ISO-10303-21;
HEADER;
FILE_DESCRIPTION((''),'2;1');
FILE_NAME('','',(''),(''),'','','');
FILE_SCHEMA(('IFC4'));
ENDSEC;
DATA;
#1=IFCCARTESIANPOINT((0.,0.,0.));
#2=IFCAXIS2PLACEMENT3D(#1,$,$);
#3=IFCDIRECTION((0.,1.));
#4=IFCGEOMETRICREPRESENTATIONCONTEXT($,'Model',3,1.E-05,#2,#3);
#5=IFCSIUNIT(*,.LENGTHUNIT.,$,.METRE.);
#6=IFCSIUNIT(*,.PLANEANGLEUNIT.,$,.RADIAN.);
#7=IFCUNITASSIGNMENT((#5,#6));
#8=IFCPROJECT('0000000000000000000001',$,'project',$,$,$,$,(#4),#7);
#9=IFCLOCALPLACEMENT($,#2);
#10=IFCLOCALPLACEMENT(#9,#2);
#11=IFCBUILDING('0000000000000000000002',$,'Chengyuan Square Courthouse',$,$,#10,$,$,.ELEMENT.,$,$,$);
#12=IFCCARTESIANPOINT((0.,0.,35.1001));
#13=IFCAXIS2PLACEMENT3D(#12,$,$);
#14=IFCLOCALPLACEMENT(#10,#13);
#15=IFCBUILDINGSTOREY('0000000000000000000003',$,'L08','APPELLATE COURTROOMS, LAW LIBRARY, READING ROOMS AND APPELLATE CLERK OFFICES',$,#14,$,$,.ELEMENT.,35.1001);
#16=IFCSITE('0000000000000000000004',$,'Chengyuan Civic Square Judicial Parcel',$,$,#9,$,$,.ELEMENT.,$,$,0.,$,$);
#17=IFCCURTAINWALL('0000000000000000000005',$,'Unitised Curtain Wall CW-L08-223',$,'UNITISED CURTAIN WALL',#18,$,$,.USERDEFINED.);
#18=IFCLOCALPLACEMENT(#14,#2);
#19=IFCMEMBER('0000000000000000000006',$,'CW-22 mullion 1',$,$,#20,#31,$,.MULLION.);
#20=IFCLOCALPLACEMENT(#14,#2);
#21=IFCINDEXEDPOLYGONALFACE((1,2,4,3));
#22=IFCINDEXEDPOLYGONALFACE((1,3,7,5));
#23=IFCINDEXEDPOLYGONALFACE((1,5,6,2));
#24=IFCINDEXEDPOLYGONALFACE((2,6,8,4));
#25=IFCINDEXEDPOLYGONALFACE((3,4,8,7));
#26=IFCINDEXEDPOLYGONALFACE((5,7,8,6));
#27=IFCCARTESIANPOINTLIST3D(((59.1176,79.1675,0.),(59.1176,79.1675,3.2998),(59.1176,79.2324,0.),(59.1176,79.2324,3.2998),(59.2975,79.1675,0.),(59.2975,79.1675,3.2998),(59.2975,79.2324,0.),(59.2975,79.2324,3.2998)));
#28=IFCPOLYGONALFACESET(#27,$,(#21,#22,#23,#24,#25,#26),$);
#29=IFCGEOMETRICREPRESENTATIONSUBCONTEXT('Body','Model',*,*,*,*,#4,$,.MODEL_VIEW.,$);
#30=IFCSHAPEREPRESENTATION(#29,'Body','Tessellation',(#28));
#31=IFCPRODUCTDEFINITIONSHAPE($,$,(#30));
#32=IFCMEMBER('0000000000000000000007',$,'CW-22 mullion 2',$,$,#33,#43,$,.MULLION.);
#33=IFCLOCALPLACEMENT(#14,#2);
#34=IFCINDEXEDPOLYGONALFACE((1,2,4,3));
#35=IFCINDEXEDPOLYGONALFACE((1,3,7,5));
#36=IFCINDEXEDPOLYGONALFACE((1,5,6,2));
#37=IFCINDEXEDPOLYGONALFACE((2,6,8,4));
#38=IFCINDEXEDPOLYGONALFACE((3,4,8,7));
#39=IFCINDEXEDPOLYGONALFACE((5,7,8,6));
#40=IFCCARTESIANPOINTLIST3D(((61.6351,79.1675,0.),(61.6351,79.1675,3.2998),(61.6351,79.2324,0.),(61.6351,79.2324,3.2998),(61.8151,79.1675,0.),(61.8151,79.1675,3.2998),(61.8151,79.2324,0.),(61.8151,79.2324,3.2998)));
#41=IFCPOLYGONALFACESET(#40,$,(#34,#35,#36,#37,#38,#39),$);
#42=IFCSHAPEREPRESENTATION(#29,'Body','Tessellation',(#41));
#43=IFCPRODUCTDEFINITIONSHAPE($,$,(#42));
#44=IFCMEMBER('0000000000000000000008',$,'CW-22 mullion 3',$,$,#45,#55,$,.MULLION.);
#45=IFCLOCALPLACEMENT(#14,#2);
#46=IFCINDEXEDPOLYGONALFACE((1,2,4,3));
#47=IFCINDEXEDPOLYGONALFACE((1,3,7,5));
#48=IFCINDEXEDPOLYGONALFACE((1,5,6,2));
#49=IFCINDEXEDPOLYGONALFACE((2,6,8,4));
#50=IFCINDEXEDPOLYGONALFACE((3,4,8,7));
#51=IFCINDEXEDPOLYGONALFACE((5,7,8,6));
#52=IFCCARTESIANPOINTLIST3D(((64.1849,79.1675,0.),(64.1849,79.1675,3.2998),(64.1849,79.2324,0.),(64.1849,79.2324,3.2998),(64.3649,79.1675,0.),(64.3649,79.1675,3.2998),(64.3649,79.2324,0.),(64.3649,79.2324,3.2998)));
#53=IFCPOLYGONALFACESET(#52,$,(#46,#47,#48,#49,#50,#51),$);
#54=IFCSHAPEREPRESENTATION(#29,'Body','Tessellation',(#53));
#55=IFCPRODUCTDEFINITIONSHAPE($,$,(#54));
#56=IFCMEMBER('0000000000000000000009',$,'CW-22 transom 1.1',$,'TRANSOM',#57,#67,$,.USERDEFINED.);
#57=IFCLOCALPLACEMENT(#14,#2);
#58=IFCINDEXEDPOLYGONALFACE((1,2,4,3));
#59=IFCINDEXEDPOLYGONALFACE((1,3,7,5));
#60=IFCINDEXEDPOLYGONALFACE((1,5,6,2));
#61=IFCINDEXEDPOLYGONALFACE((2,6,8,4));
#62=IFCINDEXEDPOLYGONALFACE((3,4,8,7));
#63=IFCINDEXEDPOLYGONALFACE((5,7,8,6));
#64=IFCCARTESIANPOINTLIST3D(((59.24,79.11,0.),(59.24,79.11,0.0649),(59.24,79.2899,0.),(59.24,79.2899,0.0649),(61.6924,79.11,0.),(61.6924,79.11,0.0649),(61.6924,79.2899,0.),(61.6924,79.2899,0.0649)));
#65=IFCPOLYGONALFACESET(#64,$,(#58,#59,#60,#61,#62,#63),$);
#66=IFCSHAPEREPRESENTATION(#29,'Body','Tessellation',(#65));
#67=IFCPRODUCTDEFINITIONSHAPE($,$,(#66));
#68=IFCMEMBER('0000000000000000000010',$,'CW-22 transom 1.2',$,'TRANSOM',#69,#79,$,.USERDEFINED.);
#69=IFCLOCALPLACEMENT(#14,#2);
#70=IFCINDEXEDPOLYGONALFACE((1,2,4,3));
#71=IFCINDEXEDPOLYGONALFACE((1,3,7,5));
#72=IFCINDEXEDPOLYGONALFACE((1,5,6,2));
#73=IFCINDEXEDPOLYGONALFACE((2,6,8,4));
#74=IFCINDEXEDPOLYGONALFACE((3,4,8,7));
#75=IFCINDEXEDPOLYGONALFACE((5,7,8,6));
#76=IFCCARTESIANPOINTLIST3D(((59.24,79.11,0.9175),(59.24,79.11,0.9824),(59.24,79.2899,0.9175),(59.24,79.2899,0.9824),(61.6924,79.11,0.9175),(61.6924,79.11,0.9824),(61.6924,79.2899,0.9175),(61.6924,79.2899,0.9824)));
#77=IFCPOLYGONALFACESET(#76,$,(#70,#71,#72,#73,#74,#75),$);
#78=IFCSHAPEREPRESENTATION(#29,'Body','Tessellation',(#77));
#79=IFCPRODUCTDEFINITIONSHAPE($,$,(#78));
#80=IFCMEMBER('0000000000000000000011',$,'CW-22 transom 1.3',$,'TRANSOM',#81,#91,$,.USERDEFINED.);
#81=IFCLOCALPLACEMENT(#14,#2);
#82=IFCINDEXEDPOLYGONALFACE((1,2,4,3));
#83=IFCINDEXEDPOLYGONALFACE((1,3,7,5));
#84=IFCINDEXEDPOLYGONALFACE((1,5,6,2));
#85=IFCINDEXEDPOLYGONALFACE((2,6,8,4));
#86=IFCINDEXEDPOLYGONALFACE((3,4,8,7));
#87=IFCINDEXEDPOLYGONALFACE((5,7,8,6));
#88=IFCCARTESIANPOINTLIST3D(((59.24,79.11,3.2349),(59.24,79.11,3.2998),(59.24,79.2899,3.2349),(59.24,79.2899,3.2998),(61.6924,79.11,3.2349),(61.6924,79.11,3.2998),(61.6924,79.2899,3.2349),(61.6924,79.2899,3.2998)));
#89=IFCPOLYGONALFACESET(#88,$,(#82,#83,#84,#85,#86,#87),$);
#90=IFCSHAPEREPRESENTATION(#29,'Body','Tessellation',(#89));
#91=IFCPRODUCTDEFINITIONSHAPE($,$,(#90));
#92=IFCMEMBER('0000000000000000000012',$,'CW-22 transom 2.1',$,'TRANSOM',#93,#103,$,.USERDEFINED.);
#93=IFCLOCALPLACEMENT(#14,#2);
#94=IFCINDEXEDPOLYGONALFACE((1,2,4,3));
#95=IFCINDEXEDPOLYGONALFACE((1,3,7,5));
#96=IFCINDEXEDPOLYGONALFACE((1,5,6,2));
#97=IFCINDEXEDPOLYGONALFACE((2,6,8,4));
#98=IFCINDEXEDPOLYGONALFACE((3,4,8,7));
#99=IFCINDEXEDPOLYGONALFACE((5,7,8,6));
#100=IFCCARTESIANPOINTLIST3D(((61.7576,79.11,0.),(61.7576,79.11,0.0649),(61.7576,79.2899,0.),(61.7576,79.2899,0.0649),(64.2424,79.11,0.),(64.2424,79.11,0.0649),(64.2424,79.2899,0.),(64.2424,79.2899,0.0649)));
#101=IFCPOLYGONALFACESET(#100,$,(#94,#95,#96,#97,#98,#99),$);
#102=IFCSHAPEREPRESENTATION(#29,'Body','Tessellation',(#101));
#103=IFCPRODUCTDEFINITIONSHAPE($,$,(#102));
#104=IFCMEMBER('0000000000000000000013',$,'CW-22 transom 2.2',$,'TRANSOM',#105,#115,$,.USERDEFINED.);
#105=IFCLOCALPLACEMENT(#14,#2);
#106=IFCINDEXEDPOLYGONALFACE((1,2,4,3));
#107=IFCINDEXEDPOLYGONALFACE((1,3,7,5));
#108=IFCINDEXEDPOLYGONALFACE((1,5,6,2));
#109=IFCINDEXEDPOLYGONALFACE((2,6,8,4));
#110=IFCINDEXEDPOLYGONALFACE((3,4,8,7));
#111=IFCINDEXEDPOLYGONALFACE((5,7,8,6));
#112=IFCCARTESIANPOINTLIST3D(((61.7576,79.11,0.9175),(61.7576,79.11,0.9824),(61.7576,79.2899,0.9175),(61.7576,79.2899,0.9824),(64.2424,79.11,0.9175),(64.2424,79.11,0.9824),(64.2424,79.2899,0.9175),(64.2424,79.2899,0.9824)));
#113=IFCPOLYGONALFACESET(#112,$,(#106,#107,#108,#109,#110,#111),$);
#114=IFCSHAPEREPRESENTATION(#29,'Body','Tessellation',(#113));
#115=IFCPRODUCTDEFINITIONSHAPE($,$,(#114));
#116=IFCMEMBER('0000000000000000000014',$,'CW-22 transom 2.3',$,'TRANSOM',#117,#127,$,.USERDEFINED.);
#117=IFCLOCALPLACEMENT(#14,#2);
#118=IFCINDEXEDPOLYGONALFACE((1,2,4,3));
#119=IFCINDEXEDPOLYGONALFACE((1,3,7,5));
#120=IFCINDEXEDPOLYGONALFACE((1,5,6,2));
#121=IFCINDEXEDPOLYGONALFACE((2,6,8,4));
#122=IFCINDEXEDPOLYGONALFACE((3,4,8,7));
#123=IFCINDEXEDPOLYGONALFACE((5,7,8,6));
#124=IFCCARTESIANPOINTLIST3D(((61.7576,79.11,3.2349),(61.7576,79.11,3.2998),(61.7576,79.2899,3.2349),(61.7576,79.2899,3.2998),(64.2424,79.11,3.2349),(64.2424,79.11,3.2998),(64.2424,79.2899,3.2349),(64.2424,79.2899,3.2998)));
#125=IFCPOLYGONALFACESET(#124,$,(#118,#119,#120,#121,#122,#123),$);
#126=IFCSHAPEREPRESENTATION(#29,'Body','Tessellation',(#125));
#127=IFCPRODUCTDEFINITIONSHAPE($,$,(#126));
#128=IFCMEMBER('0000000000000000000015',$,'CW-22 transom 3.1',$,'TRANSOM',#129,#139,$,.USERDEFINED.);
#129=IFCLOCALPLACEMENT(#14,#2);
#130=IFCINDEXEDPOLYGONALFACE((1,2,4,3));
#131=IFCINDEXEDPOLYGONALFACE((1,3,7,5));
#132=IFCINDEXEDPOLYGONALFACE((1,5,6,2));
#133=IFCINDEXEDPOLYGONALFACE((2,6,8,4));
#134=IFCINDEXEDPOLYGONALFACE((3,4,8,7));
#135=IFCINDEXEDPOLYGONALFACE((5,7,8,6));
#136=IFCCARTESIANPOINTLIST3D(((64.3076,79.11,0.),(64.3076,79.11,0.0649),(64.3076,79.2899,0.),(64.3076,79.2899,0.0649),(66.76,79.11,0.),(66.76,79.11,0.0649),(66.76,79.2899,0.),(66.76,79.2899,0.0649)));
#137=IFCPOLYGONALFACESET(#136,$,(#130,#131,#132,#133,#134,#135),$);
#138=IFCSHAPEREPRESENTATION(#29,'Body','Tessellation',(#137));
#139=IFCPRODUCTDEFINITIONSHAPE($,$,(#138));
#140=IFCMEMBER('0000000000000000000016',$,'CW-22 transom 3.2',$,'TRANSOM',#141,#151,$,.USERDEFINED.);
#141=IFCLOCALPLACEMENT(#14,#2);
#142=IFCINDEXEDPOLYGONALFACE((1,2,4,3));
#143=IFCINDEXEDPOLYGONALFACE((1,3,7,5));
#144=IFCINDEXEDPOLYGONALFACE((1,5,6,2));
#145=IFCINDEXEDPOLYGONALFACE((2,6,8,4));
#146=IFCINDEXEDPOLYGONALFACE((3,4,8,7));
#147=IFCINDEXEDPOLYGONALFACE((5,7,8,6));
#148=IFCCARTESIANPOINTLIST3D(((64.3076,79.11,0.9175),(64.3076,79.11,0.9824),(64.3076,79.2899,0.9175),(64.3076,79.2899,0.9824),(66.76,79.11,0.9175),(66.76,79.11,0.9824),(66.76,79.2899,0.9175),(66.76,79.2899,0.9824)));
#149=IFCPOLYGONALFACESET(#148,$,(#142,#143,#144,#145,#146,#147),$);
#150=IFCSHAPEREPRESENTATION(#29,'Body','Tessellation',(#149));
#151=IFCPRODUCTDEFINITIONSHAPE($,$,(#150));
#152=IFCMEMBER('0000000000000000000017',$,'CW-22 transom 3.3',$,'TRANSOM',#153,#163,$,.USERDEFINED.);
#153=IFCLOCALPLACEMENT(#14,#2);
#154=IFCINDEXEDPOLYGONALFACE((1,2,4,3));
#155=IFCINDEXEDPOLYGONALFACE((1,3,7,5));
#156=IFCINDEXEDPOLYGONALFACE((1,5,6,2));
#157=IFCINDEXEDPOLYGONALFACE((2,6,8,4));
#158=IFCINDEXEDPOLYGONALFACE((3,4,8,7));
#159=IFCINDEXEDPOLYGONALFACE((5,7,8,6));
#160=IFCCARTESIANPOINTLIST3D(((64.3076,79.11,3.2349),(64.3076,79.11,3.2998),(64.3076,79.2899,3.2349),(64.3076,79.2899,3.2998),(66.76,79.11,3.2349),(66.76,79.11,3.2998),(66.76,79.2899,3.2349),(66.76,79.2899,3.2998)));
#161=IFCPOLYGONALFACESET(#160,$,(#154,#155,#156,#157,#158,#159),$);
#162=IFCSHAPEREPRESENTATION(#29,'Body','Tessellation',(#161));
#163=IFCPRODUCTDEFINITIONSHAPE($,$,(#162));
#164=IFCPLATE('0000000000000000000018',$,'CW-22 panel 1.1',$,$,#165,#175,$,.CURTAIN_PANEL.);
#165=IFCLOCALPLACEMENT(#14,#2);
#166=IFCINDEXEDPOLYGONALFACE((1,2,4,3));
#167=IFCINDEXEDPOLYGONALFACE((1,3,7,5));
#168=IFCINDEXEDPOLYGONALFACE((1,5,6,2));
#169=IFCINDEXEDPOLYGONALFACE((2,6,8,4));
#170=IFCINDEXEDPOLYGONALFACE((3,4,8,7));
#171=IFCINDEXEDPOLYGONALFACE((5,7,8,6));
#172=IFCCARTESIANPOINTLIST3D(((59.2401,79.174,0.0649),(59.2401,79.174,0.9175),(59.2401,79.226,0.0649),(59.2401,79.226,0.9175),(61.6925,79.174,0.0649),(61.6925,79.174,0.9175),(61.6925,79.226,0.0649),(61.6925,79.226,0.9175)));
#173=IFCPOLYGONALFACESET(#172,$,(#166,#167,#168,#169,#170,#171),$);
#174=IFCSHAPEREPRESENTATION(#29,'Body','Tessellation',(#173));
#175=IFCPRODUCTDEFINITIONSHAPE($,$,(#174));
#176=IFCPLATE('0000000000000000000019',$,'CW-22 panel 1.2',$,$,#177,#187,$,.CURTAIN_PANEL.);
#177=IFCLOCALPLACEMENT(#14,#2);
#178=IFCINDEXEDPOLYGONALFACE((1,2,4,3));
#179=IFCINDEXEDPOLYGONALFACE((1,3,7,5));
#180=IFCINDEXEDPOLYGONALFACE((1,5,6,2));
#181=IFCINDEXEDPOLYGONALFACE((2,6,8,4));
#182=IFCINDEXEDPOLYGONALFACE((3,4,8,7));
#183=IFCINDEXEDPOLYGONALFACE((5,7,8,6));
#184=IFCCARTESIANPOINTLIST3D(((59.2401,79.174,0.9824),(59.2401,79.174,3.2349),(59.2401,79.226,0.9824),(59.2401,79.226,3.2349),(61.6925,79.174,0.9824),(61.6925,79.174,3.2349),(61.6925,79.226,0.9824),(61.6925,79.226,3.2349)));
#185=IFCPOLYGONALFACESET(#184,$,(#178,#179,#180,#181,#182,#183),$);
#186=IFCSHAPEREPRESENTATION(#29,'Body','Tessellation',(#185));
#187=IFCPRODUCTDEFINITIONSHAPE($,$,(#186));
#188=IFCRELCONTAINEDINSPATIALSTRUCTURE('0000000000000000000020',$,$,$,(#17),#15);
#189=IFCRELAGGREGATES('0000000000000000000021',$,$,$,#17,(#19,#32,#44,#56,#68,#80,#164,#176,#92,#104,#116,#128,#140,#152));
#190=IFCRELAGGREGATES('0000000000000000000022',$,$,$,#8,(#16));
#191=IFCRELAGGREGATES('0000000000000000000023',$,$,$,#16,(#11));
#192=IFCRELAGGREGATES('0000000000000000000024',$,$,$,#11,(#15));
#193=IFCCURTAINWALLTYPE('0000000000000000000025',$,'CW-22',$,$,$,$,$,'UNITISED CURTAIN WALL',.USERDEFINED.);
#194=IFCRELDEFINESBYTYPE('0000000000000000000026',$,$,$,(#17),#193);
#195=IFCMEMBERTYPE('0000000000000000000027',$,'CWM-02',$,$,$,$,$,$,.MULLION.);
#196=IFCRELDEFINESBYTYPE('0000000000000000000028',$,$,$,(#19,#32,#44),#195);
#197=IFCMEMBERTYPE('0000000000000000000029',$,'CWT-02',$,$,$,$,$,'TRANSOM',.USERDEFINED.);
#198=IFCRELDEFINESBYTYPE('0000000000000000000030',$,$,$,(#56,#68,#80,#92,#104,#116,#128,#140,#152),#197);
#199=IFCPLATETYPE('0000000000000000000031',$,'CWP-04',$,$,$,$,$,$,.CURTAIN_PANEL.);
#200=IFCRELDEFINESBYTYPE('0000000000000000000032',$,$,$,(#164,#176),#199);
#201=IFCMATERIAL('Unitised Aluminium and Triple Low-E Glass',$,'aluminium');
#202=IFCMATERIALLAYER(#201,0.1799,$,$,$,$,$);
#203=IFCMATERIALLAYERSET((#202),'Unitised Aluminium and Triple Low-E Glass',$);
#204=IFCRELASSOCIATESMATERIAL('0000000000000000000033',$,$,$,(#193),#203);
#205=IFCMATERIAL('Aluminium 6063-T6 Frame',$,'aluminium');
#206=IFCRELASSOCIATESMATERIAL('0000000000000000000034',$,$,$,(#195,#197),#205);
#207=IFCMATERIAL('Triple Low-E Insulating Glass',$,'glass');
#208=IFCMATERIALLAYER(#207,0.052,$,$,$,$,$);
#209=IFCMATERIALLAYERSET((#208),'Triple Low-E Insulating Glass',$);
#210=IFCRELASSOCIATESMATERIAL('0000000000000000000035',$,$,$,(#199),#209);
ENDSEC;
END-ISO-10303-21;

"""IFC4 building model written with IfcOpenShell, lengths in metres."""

from ifc_helpers import new_model, si_unit, direction, frame, origin, origin_2d, place, context, subcontext, project, spatial, rectangle, extrude, material, layer, layer_set, material_profile, profile_set, type_object, element, aggregate, save


model = new_model("IFC4")

# Units and contexts
model_context = context("Model", 3, precision=1e-05, world=origin(), true_north=direction((0.0, 1.0)))
body_context = subcontext(model_context, "Body", "Model", "MODEL_VIEW")
ifc_project = project(units=[si_unit("LENGTHUNIT", "METRE"), si_unit("PLANEANGLEUNIT", "RADIAN")], contexts=[model_context])

# Site, building, storey
site_placement = place(None, origin())
site = spatial("IfcSite", under=ifc_project, at=site_placement, Name="Chengyuan Civic Square Judicial Parcel", CompositionType="ELEMENT", RefElevation=0.0)
building_placement = place(site_placement, origin())
building = spatial("IfcBuilding", under=site, at=building_placement, Name="Chengyuan Square Courthouse", CompositionType="ELEMENT")
storey_placement = place(building_placement, frame((0.0, 0.0, 35.1001)))
storey = spatial("IfcBuildingStorey", under=building, at=storey_placement, Name="L08", Description="APPELLATE COURTROOMS, LAW LIBRARY, READING ROOMS AND APPELLATE CLERK OFFICES", CompositionType="ELEMENT", Elevation=35.1001)

# Curtain wall, members, plates
ifc_material_1 = material(Name="Unitised Aluminium and Triple Low-E Glass", Category="aluminium")
ifc_layer_1 = layer(ifc_material_1, 0.1799)
ifc_layer_set_1 = layer_set([ifc_layer_1], Name="Unitised Aluminium and Triple Low-E Glass")
curtain_wall_type = type_object("IfcCurtainWallType", Name="CW-22", ElementType="UNITISED CURTAIN WALL", PredefinedType="USERDEFINED", material=ifc_layer_set_1)
curtain_wall_placement = place(storey_placement, origin())
curtain_wall = element("IfcCurtainWall", 1, at=curtain_wall_placement, inside=storey, type_object=curtain_wall_type, Name="Unitised Curtain Wall CW-L08-223", ObjectType="UNITISED CURTAIN WALL", PredefinedType="USERDEFINED")
ifc_material_2 = material(Name="Aluminium 6063-T6 Frame", Category="aluminium")
ifc_material_profile_1 = material_profile(ifc_material_2, rectangle(XDim=0.0649, YDim=0.1799, at=origin_2d()), Name="CW-MUL-65x180")
ifc_profile_set_1 = profile_set([ifc_material_profile_1], Name="Aluminium 6063-T6 Frame")
member_type_1 = type_object("IfcMemberType", Name="CWM-02", PredefinedType="MULLION", material=ifc_profile_set_1)
member_1_placement = place(storey_placement, frame((59.2075, 79.2, 0.0), z_axis=(0.0, 0.0, 1.0), x_axis=(0.0, 1.0, 0.0)))
member_1 = element("IfcMember", 2, at=member_1_placement, type_object=member_type_1, Name="CW-22 mullion 1", PredefinedType="MULLION", context=body_context, shape_type="SweptSolid", body=[
    extrude(rectangle(XDim=0.0649, YDim=0.1799, at=origin_2d()), origin(), (0.0, 0.0, 1.0), 3.2998),
])
member_2_placement = place(storey_placement, frame((61.7251, 79.2, 0.0), z_axis=(0.0, 0.0, 1.0), x_axis=(0.0, 1.0, 0.0)))
member_2 = element("IfcMember", 3, at=member_2_placement, type_object=member_type_1, Name="CW-22 mullion 2", PredefinedType="MULLION", context=body_context, shape_type="SweptSolid", body=[
    extrude(rectangle(XDim=0.0649, YDim=0.1799, at=origin_2d()), origin(), (0.0, 0.0, 1.0), 3.2998),
])
member_3_placement = place(storey_placement, frame((64.2749, 79.2, 0.0), z_axis=(0.0, 0.0, 1.0), x_axis=(0.0, 1.0, 0.0)))
member_3 = element("IfcMember", 4, at=member_3_placement, type_object=member_type_1, Name="CW-22 mullion 3", PredefinedType="MULLION", context=body_context, shape_type="SweptSolid", body=[
    extrude(rectangle(XDim=0.0649, YDim=0.1799, at=origin_2d()), origin(), (0.0, 0.0, 1.0), 3.2998),
])
ifc_material_profile_2 = material_profile(ifc_material_2, rectangle(XDim=0.1799, YDim=0.0649, at=origin_2d()), Name="CW-TRN-65x140")
ifc_profile_set_2 = profile_set([ifc_material_profile_2], Name="Aluminium 6063-T6 Frame")
member_type_2 = type_object("IfcMemberType", Name="CWT-02", ElementType="TRANSOM", PredefinedType="USERDEFINED", material=ifc_profile_set_2)
member_4_placement = place(storey_placement, frame((59.24, 79.2, 0.0325), z_axis=(1.0, 0.0, 0.0), x_axis=(0.0, 1.0, 0.0)))
member_4 = element("IfcMember", 5, at=member_4_placement, type_object=member_type_2, Name="CW-22 transom 1.1", ObjectType="TRANSOM", PredefinedType="USERDEFINED", context=body_context, shape_type="SweptSolid", body=[
    extrude(rectangle(XDim=0.1799, YDim=0.0649, at=origin_2d()), origin(), (0.0, 0.0, 1.0), 2.4524),
])
member_5_placement = place(storey_placement, frame((59.24, 79.2, 0.95), z_axis=(1.0, 0.0, 0.0), x_axis=(0.0, 1.0, 0.0)))
member_5 = element("IfcMember", 6, at=member_5_placement, type_object=member_type_2, Name="CW-22 transom 1.2", ObjectType="TRANSOM", PredefinedType="USERDEFINED", context=body_context, shape_type="SweptSolid", body=[
    extrude(rectangle(XDim=0.1799, YDim=0.0649, at=origin_2d()), origin(), (0.0, 0.0, 1.0), 2.4524),
])
member_6_placement = place(storey_placement, frame((59.24, 79.2, 3.2673), z_axis=(1.0, 0.0, 0.0), x_axis=(0.0, 1.0, 0.0)))
member_6 = element("IfcMember", 7, at=member_6_placement, type_object=member_type_2, Name="CW-22 transom 1.3", ObjectType="TRANSOM", PredefinedType="USERDEFINED", context=body_context, shape_type="SweptSolid", body=[
    extrude(rectangle(XDim=0.1799, YDim=0.0649, at=origin_2d()), origin(), (0.0, 0.0, 1.0), 2.4524),
])
member_7_placement = place(storey_placement, frame((61.7576, 79.2, 0.0325), z_axis=(1.0, 0.0, 0.0), x_axis=(0.0, 1.0, 0.0)))
member_7 = element("IfcMember", 8, at=member_7_placement, type_object=member_type_2, Name="CW-22 transom 2.1", ObjectType="TRANSOM", PredefinedType="USERDEFINED", context=body_context, shape_type="SweptSolid", body=[
    extrude(rectangle(XDim=0.1799, YDim=0.0649, at=origin_2d()), origin(), (0.0, 0.0, 1.0), 2.4849),
])
member_8_placement = place(storey_placement, frame((61.7576, 79.2, 0.95), z_axis=(1.0, 0.0, 0.0), x_axis=(0.0, 1.0, 0.0)))
member_8 = element("IfcMember", 9, at=member_8_placement, type_object=member_type_2, Name="CW-22 transom 2.2", ObjectType="TRANSOM", PredefinedType="USERDEFINED", context=body_context, shape_type="SweptSolid", body=[
    extrude(rectangle(XDim=0.1799, YDim=0.0649, at=origin_2d()), origin(), (0.0, 0.0, 1.0), 2.4849),
])
member_9_placement = place(storey_placement, frame((61.7576, 79.2, 3.2673), z_axis=(1.0, 0.0, 0.0), x_axis=(0.0, 1.0, 0.0)))
member_9 = element("IfcMember", 10, at=member_9_placement, type_object=member_type_2, Name="CW-22 transom 2.3", ObjectType="TRANSOM", PredefinedType="USERDEFINED", context=body_context, shape_type="SweptSolid", body=[
    extrude(rectangle(XDim=0.1799, YDim=0.0649, at=origin_2d()), origin(), (0.0, 0.0, 1.0), 2.4849),
])
member_10_placement = place(storey_placement, frame((64.3076, 79.2, 0.0325), z_axis=(1.0, 0.0, 0.0), x_axis=(0.0, 1.0, 0.0)))
member_10 = element("IfcMember", 11, at=member_10_placement, type_object=member_type_2, Name="CW-22 transom 3.1", ObjectType="TRANSOM", PredefinedType="USERDEFINED", context=body_context, shape_type="SweptSolid", body=[
    extrude(rectangle(XDim=0.1799, YDim=0.0649, at=origin_2d()), origin(), (0.0, 0.0, 1.0), 2.4524),
])
member_11_placement = place(storey_placement, frame((64.3076, 79.2, 0.95), z_axis=(1.0, 0.0, 0.0), x_axis=(0.0, 1.0, 0.0)))
member_11 = element("IfcMember", 12, at=member_11_placement, type_object=member_type_2, Name="CW-22 transom 3.2", ObjectType="TRANSOM", PredefinedType="USERDEFINED", context=body_context, shape_type="SweptSolid", body=[
    extrude(rectangle(XDim=0.1799, YDim=0.0649, at=origin_2d()), origin(), (0.0, 0.0, 1.0), 2.4524),
])
member_12_placement = place(storey_placement, frame((64.3076, 79.2, 3.2673), z_axis=(1.0, 0.0, 0.0), x_axis=(0.0, 1.0, 0.0)))
member_12 = element("IfcMember", 13, at=member_12_placement, type_object=member_type_2, Name="CW-22 transom 3.3", ObjectType="TRANSOM", PredefinedType="USERDEFINED", context=body_context, shape_type="SweptSolid", body=[
    extrude(rectangle(XDim=0.1799, YDim=0.0649, at=origin_2d()), origin(), (0.0, 0.0, 1.0), 2.4524),
])
ifc_material_3 = material(Name="Triple Low-E Insulating Glass", Category="glass")
ifc_layer_2 = layer(ifc_material_3, 0.052)
ifc_layer_set_2 = layer_set([ifc_layer_2], Name="Triple Low-E Insulating Glass")
plate_type = type_object("IfcPlateType", Name="CWP-04", PredefinedType="CURTAIN_PANEL", material=ifc_layer_set_2)
plate_1_placement = place(storey_placement, frame((60.4663, 79.2, 0.0649), z_axis=(0.0, 0.0, 1.0), x_axis=(1.0, 0.0, 0.0)))
plate_1 = element("IfcPlate", 14, at=plate_1_placement, type_object=plate_type, Name="CW-22 panel 1.1", PredefinedType="CURTAIN_PANEL", context=body_context, shape_type="SweptSolid", body=[
    extrude(rectangle(XDim=2.4524, YDim=0.052, at=origin_2d()), origin(), (0.0, 0.0, 1.0), 0.8525),
])
plate_2_placement = place(storey_placement, frame((60.4663, 79.2, 0.9824), z_axis=(0.0, 0.0, 1.0), x_axis=(1.0, 0.0, 0.0)))
plate_2 = element("IfcPlate", 15, at=plate_2_placement, type_object=plate_type, Name="CW-22 panel 1.2", PredefinedType="CURTAIN_PANEL", context=body_context, shape_type="SweptSolid", body=[
    extrude(rectangle(XDim=2.4524, YDim=0.052, at=origin_2d()), origin(), (0.0, 0.0, 1.0), 2.2524),
])
aggregate(curtain_wall, [member_1, member_2, member_3, member_4, member_5, member_6, plate_1, plate_2, member_7, member_8, member_9, member_10, member_11, member_12])

save(model, "model.ifc")
